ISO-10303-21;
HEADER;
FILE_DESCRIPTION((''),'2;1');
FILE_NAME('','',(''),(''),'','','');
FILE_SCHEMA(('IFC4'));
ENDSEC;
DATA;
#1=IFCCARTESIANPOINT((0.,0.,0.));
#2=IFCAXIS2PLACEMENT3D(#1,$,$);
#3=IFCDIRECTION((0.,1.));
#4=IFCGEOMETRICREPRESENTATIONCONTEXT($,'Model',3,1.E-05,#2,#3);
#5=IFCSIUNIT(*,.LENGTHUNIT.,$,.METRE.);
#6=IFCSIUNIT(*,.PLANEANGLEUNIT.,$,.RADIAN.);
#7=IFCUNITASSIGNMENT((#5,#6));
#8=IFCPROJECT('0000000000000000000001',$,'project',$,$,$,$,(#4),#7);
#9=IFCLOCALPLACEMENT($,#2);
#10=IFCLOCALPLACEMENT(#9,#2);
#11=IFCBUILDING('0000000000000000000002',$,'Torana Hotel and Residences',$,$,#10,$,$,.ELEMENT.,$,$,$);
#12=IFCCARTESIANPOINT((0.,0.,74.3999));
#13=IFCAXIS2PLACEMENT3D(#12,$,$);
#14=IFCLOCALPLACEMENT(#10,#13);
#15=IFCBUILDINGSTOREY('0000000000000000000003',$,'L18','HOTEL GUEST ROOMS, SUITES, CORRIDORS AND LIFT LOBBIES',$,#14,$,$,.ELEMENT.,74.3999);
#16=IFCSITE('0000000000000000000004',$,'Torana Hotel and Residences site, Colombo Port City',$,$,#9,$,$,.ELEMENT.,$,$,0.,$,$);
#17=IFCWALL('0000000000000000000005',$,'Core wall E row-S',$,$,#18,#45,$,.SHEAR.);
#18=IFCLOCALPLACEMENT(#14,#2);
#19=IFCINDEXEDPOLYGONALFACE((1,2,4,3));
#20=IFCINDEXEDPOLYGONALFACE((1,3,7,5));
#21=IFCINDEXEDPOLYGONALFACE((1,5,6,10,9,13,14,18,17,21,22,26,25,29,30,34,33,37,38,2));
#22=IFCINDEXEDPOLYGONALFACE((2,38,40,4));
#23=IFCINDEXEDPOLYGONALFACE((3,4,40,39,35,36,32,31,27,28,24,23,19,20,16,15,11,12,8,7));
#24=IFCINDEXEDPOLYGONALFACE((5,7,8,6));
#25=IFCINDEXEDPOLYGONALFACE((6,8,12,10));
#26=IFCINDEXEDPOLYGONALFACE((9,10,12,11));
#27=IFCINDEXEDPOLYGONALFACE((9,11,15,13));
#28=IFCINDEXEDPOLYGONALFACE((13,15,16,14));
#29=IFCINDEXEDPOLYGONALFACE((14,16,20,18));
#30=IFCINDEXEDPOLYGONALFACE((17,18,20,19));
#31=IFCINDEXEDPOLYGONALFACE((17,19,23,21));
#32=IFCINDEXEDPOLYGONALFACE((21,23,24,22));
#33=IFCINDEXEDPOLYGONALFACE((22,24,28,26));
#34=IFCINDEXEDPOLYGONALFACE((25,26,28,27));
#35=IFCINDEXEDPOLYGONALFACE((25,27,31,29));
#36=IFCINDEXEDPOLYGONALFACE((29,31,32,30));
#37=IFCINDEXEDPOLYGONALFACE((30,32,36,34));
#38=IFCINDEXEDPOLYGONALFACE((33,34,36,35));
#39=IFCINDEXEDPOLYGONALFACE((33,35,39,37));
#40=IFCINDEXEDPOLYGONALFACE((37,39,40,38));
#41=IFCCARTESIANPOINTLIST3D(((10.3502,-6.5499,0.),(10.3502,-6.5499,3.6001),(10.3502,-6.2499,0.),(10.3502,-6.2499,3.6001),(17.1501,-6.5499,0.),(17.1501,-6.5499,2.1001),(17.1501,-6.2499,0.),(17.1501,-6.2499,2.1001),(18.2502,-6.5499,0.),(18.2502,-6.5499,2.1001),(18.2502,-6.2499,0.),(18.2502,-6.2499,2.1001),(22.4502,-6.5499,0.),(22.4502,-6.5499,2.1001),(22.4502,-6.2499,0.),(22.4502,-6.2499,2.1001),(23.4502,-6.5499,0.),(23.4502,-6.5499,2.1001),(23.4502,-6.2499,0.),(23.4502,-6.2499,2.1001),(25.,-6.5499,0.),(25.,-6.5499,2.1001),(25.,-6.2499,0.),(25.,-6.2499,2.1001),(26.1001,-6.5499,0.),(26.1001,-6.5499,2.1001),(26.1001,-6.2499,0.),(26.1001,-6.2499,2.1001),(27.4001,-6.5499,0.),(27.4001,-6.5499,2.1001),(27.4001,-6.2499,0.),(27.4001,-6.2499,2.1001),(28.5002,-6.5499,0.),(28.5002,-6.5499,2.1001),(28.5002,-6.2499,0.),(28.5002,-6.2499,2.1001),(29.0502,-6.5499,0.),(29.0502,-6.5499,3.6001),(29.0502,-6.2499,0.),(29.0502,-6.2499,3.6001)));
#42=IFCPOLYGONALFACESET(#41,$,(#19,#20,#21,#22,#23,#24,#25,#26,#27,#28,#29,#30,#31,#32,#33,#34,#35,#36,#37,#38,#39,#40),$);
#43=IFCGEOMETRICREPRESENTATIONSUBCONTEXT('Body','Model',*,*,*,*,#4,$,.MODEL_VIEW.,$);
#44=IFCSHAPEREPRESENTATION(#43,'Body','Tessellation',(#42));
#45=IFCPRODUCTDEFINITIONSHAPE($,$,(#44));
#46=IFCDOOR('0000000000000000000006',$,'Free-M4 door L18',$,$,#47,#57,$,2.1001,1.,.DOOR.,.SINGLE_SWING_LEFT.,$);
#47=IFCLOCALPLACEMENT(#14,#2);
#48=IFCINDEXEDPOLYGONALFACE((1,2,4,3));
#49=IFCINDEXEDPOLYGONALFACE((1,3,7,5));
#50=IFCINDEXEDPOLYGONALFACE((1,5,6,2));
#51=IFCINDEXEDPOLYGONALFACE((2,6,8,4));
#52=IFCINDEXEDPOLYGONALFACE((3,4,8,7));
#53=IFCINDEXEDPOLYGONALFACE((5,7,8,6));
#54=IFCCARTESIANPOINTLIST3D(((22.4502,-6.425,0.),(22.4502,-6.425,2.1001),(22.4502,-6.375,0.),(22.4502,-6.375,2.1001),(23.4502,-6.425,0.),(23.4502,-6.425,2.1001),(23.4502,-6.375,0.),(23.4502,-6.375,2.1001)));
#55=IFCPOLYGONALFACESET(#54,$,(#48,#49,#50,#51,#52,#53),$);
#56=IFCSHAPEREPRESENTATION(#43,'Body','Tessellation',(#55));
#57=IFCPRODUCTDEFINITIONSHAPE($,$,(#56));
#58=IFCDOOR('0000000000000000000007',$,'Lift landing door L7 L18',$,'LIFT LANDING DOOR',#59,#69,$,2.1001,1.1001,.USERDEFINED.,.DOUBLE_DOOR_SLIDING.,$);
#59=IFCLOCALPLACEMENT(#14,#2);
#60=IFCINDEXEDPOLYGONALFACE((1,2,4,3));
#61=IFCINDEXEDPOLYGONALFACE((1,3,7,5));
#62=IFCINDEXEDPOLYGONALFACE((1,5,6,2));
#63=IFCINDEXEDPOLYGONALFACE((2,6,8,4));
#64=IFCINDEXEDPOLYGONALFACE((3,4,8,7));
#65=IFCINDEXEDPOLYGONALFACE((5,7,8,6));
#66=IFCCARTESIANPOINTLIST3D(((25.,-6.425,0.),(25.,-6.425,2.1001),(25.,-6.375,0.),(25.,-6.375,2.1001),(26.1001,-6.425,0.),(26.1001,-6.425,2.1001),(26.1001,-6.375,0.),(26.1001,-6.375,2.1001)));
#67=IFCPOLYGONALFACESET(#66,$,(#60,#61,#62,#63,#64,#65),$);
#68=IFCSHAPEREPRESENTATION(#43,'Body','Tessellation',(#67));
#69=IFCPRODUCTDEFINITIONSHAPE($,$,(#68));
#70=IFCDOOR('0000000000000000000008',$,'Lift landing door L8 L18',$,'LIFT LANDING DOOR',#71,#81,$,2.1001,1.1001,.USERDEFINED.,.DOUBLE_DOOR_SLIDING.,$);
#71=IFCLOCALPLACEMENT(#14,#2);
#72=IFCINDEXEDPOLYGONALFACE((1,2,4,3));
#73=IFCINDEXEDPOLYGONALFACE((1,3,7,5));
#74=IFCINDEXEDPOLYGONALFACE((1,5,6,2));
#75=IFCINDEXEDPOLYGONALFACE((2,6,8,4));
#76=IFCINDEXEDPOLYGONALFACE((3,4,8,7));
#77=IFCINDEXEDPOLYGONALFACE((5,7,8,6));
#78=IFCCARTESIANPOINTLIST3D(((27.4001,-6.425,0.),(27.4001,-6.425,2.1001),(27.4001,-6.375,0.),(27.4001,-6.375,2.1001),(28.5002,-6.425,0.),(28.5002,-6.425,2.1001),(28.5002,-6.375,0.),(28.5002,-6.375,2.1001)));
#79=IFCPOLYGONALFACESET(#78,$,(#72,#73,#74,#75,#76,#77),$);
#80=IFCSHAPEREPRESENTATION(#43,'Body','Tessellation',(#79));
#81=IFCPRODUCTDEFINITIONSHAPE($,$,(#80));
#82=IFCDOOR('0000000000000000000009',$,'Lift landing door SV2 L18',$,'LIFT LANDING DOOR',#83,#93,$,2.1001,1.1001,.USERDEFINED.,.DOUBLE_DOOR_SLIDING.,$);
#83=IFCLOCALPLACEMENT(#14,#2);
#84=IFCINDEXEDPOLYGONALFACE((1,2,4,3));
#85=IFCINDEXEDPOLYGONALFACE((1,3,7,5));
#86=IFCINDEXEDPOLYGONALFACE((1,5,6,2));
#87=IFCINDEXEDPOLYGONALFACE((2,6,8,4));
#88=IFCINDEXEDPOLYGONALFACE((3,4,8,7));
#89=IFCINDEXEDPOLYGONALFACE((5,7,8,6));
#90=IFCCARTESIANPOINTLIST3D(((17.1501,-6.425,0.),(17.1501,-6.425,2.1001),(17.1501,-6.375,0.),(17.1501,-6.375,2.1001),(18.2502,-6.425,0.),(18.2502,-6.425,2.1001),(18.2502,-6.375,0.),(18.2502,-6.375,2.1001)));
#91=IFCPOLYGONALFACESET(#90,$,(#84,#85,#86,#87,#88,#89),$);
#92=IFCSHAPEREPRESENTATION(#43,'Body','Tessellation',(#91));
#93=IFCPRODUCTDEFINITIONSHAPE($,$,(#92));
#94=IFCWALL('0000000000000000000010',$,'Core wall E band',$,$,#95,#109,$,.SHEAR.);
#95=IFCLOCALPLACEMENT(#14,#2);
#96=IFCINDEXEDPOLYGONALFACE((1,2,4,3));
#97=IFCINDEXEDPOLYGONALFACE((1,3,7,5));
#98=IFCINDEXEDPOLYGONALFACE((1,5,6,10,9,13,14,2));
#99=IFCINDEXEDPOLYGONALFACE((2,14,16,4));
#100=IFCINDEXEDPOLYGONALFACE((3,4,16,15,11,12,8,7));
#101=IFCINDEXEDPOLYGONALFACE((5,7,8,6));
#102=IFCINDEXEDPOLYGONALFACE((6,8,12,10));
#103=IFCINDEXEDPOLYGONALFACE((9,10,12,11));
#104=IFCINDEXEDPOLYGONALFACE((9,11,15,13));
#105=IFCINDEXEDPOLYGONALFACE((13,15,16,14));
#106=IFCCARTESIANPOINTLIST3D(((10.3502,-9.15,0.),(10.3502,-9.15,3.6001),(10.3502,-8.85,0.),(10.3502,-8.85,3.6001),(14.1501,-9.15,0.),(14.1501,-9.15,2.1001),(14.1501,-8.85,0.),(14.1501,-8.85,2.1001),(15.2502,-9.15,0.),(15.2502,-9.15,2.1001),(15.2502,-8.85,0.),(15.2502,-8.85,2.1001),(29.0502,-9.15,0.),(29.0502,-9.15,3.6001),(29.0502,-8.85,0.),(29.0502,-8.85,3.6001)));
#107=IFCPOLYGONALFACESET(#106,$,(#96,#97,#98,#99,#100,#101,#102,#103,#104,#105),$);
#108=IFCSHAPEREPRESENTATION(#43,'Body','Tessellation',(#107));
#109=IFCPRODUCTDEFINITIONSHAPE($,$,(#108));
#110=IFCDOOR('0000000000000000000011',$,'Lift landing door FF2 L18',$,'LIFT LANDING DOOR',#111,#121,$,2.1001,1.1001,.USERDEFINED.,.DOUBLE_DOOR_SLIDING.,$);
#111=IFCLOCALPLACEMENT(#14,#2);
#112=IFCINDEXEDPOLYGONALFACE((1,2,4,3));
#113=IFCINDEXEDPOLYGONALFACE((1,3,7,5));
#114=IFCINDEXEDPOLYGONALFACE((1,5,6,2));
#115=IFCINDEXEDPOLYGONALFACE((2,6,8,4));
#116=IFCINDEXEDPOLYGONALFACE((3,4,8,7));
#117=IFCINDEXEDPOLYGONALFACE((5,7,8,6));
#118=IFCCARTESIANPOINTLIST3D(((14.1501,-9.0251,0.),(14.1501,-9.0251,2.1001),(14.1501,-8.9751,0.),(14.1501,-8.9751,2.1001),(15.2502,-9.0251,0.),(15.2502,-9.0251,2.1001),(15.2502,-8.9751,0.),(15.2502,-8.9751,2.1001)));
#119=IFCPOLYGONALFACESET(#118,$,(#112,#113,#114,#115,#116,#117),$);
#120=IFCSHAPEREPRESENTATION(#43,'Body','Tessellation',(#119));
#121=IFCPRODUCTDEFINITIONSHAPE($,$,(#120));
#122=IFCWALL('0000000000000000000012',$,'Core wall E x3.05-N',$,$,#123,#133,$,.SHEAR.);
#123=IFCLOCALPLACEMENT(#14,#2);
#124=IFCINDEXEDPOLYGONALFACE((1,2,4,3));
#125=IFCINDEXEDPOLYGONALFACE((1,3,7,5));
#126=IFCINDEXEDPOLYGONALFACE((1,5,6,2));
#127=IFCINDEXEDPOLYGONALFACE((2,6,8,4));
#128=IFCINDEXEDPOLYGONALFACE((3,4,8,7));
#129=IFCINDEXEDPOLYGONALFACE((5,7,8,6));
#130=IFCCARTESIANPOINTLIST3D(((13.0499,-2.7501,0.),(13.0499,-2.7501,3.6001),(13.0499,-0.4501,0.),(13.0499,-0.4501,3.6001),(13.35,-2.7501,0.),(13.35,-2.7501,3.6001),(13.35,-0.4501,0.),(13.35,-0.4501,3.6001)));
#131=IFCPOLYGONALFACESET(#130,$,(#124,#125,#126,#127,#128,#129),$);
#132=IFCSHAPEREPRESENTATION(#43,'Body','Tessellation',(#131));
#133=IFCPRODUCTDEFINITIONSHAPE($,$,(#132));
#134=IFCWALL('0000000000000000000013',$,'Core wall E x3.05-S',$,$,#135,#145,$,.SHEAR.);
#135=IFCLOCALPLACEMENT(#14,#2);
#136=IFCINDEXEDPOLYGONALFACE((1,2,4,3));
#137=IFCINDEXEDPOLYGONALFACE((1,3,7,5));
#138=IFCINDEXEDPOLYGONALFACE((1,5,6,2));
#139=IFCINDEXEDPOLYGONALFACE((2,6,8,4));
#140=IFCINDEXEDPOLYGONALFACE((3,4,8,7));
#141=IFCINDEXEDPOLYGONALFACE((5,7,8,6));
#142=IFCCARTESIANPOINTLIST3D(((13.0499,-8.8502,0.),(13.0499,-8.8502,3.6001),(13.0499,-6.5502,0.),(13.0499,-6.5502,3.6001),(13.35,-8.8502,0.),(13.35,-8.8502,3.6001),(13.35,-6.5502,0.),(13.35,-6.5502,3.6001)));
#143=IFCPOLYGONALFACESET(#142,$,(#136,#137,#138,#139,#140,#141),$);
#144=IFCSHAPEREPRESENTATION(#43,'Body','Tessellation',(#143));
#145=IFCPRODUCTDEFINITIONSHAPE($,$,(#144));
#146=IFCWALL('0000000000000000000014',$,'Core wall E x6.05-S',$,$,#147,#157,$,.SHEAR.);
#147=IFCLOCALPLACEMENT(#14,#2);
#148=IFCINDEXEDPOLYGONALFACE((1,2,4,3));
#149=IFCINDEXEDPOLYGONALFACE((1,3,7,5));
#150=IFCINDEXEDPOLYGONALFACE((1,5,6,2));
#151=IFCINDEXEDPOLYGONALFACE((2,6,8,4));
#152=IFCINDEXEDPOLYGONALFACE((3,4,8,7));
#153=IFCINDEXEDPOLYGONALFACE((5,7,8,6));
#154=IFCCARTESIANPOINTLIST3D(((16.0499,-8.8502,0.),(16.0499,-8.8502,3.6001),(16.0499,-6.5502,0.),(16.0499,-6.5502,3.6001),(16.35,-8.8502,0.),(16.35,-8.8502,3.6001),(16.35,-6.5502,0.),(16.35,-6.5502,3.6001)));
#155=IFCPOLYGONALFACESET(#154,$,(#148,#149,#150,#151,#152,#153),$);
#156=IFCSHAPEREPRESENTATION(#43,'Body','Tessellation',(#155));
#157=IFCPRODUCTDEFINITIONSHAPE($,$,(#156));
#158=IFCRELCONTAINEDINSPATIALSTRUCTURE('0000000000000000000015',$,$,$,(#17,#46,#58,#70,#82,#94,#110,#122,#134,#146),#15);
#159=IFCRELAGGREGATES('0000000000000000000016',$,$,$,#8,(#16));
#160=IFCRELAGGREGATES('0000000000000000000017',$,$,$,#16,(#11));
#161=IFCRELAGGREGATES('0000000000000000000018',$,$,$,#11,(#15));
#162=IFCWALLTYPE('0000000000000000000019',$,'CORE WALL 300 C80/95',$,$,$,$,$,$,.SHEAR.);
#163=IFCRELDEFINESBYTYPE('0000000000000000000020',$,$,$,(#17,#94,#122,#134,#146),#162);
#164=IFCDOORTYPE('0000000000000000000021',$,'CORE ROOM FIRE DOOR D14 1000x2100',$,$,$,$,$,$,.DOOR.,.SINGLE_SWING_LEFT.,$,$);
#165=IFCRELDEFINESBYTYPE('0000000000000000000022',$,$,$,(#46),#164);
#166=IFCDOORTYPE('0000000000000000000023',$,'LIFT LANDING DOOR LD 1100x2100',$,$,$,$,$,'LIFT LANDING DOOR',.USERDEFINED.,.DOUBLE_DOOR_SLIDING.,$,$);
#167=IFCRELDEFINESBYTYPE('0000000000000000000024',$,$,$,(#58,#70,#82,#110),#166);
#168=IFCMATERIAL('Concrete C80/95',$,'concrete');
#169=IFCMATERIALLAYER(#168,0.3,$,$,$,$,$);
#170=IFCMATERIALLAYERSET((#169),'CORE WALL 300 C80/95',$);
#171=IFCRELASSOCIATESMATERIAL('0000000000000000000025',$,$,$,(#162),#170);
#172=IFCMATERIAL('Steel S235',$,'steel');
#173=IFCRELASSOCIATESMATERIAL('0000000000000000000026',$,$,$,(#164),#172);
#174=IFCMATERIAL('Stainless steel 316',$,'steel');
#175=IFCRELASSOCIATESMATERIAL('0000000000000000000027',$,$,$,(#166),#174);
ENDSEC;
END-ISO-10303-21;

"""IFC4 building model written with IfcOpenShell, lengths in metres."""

from ifc_helpers import new_model, si_unit, direction, frame, frame_2d, origin, place, context, subcontext, project, spatial, rectangle, extrude, material, layer, layer_set, type_object, element, fill, save


model = new_model("IFC4")

# Units and contexts
model_context = context("Model", 3, precision=1e-05, world=origin(), true_north=direction((0.0, 1.0)))
body_context = subcontext(model_context, "Body", "Model", "MODEL_VIEW")
ifc_project = project(units=[si_unit("LENGTHUNIT", "METRE"), si_unit("PLANEANGLEUNIT", "RADIAN")], contexts=[model_context])

# Site, building, storey
site_placement = place(None, origin())
site = spatial("IfcSite", under=ifc_project, at=site_placement, Name="Torana Hotel and Residences site, Colombo Port City", CompositionType="ELEMENT", RefElevation=0.0)
building_placement = place(site_placement, origin())
building = spatial("IfcBuilding", under=site, at=building_placement, Name="Torana Hotel and Residences", CompositionType="ELEMENT")
storey_placement = place(building_placement, frame((0.0, 0.0, 74.3999)))
storey = spatial("IfcBuildingStorey", under=building, at=storey_placement, Name="L18", Description="HOTEL GUEST ROOMS, SUITES, CORRIDORS AND LIFT LOBBIES", CompositionType="ELEMENT", Elevation=74.3999)

# Wall, openings, doors
ifc_material_1 = material(Name="Concrete C80/95", Category="concrete")
ifc_layer = layer(ifc_material_1, 0.3)
ifc_layer_set = layer_set([ifc_layer], Name="CORE WALL 300 C80/95")
wall_type = type_object("IfcWallType", Name="CORE WALL 300 C80/95", PredefinedType="SHEAR", material=ifc_layer_set)
ifc_material_2 = material(Name="Steel S235", Category="steel")
door_type_1 = type_object("IfcDoorType", Name="CORE ROOM FIRE DOOR D14 1000x2100", OperationType="SINGLE_SWING_LEFT", PredefinedType="DOOR", material=ifc_material_2)
ifc_material_3 = material(Name="Stainless steel 316", Category="steel")
door_type_2 = type_object("IfcDoorType", Name="LIFT LANDING DOOR LD 1100x2100", ElementType="LIFT LANDING DOOR", OperationType="DOUBLE_DOOR_SLIDING", PredefinedType="USERDEFINED", material=ifc_material_3)
wall_1_placement = place(storey_placement, frame((10.3501, -6.3999, 0.0), z_axis=(0.0, 0.0, 1.0), x_axis=(1.0, 0.0, 0.0)))
wall_1 = element("IfcWall", 1, at=wall_1_placement, inside=storey, type_object=wall_type, Name="Core wall E row-S", PredefinedType="SHEAR", context=body_context, shape_type="SweptSolid", body=[
    extrude(rectangle(XDim=18.7, YDim=0.3, at=frame_2d((9.3501, 0.0))), origin(), (0.0, 0.0, 1.0), 3.6001),
])
opening_1_placement = place(wall_1_placement, frame((14.6499, 0.0, 0.0)))
opening_1 = element("IfcOpeningElement", 2, at=opening_1_placement, cuts=wall_1, PredefinedType="OPENING", context=body_context, shape_type="SweptSolid", body=[
    extrude(rectangle(XDim=1.1001, YDim=2.1001, at=frame_2d((0.55, 1.05))), frame((0.0, 0.1599, 0.0), z_axis=(0.0, -1.0, 0.0), x_axis=(1.0, 0.0, 0.0)), (0.0, 0.0, 1.0), 0.3201),
])
opening_2_placement = place(wall_1_placement, frame((17.05, 0.0, 0.0)))
opening_2 = element("IfcOpeningElement", 3, at=opening_2_placement, cuts=wall_1, PredefinedType="OPENING", context=body_context, shape_type="SweptSolid", body=[
    extrude(rectangle(XDim=1.1001, YDim=2.1001, at=frame_2d((0.55, 1.05))), frame((0.0, 0.1599, 0.0), z_axis=(0.0, -1.0, 0.0), x_axis=(1.0, 0.0, 0.0)), (0.0, 0.0, 1.0), 0.3201),
])
opening_3_placement = place(wall_1_placement, frame((6.8, 0.0, 0.0)))
opening_3 = element("IfcOpeningElement", 4, at=opening_3_placement, cuts=wall_1, PredefinedType="OPENING", context=body_context, shape_type="SweptSolid", body=[
    extrude(rectangle(XDim=1.1001, YDim=2.1001, at=frame_2d((0.55, 1.05))), frame((0.0, 0.1599, 0.0), z_axis=(0.0, -1.0, 0.0), x_axis=(1.0, 0.0, 0.0)), (0.0, 0.0, 1.0), 0.3201),
])
opening_4_placement = place(wall_1_placement, frame((12.1001, 0.0, 0.0)))
opening_4 = element("IfcOpeningElement", 5, at=opening_4_placement, cuts=wall_1, PredefinedType="OPENING", context=body_context, shape_type="SweptSolid", body=[
    extrude(rectangle(XDim=1.0, YDim=2.1001, at=frame_2d((0.5, 1.05))), frame((0.0, 0.1599, 0.0), z_axis=(0.0, -1.0, 0.0), x_axis=(1.0, 0.0, 0.0)), (0.0, 0.0, 1.0), 0.3201),
])
door_1_placement = place(opening_4_placement, frame((0.5, 0.0, 0.0), z_axis=(0.0, 0.0, 1.0), x_axis=(-1.0, 0.0, 0.0)))
door_1 = element("IfcDoor", 6, at=door_1_placement, inside=storey, type_object=door_type_1, Name="Free-M4 door L18", OperationType="SINGLE_SWING_LEFT", OverallHeight=2.1001, OverallWidth=1.0, PredefinedType="DOOR", context=body_context, shape_type="SweptSolid", body=[
    extrude(rectangle(XDim=1.0, YDim=2.1001, at=frame_2d((0.0, 1.05))), frame((0.0, -0.0249, 0.0), z_axis=(0.0, 1.0, 0.0), x_axis=(-1.0, 0.0, 0.0)), (0.0, 0.0, 1.0), 0.05),
])
fill(opening_4, door_1)
door_2_placement = place(opening_1_placement, origin())
door_2 = element("IfcDoor", 7, at=door_2_placement, inside=storey, type_object=door_type_2, Name="Lift landing door L7 L18", ObjectType="LIFT LANDING DOOR", OperationType="DOUBLE_DOOR_SLIDING", OverallHeight=2.1001, OverallWidth=1.1001, PredefinedType="USERDEFINED", context=body_context, shape_type="SweptSolid", body=[
    extrude(rectangle(XDim=1.1001, YDim=2.1001, at=frame_2d((0.55, 1.05))), frame((0.0, 0.0249, 0.0), z_axis=(0.0, -1.0, 0.0), x_axis=(1.0, 0.0, 0.0)), (0.0, 0.0, 1.0), 0.05),
])
fill(opening_1, door_2)
door_3_placement = place(opening_2_placement, origin())
door_3 = element("IfcDoor", 8, at=door_3_placement, inside=storey, type_object=door_type_2, Name="Lift landing door L8 L18", ObjectType="LIFT LANDING DOOR", OperationType="DOUBLE_DOOR_SLIDING", OverallHeight=2.1001, OverallWidth=1.1001, PredefinedType="USERDEFINED", context=body_context, shape_type="SweptSolid", body=[
    extrude(rectangle(XDim=1.1001, YDim=2.1001, at=frame_2d((0.55, 1.05))), frame((0.0, 0.0249, 0.0), z_axis=(0.0, -1.0, 0.0), x_axis=(1.0, 0.0, 0.0)), (0.0, 0.0, 1.0), 0.05),
])
fill(opening_2, door_3)
door_4_placement = place(opening_3_placement, origin())
door_4 = element("IfcDoor", 9, at=door_4_placement, inside=storey, type_object=door_type_2, Name="Lift landing door SV2 L18", ObjectType="LIFT LANDING DOOR", OperationType="DOUBLE_DOOR_SLIDING", OverallHeight=2.1001, OverallWidth=1.1001, PredefinedType="USERDEFINED", context=body_context, shape_type="SweptSolid", body=[
    extrude(rectangle(XDim=1.1001, YDim=2.1001, at=frame_2d((0.55, 1.05))), frame((0.0, 0.0249, 0.0), z_axis=(0.0, -1.0, 0.0), x_axis=(1.0, 0.0, 0.0)), (0.0, 0.0, 1.0), 0.05),
])
fill(opening_3, door_4)

# Wall, opening, door
wall_2_placement = place(storey_placement, frame((10.3501, -9.0, 0.0), z_axis=(0.0, 0.0, 1.0), x_axis=(1.0, 0.0, 0.0)))
wall_2 = element("IfcWall", 10, at=wall_2_placement, inside=storey, type_object=wall_type, Name="Core wall E band", PredefinedType="SHEAR", context=body_context, shape_type="SweptSolid", body=[
    extrude(rectangle(XDim=18.7, YDim=0.3, at=frame_2d((9.3501, 0.0))), origin(), (0.0, 0.0, 1.0), 3.6001),
])
opening_5_placement = place(wall_2_placement, frame((3.8, 0.0, 0.0)))
opening_5 = element("IfcOpeningElement", 11, at=opening_5_placement, cuts=wall_2, PredefinedType="OPENING", context=body_context, shape_type="SweptSolid", body=[
    extrude(rectangle(XDim=1.1001, YDim=2.1001, at=frame_2d((0.55, 1.05))), frame((0.0, 0.1599, 0.0), z_axis=(0.0, -1.0, 0.0), x_axis=(1.0, 0.0, 0.0)), (0.0, 0.0, 1.0), 0.3201),
])
door_5_placement = place(opening_5_placement, origin())
door_5 = element("IfcDoor", 12, at=door_5_placement, inside=storey, type_object=door_type_2, Name="Lift landing door FF2 L18", ObjectType="LIFT LANDING DOOR", OperationType="DOUBLE_DOOR_SLIDING", OverallHeight=2.1001, OverallWidth=1.1001, PredefinedType="USERDEFINED", context=body_context, shape_type="SweptSolid", body=[
    extrude(rectangle(XDim=1.1001, YDim=2.1001, at=frame_2d((0.55, 1.05))), frame((0.0, 0.0249, 0.0), z_axis=(0.0, -1.0, 0.0), x_axis=(1.0, 0.0, 0.0)), (0.0, 0.0, 1.0), 0.05),
])
fill(opening_5, door_5)

# Walls
for number, where, z_axis, x_axis, name in (
    (13, (13.2, -2.75, 0.0), (0.0, 0.0, 1.0), (0.0, 1.0, 0.0), "Core wall E x3.05-N"),
    (14, (13.2, -8.8501, 0.0), (0.0, 0.0, 1.0), (0.0, 1.0, 0.0), "Core wall E x3.05-S"),
    (15, (16.2, -8.8501, 0.0), (0.0, 0.0, 1.0), (0.0, 1.0, 0.0), "Core wall E x6.05-S"),
):
    element("IfcWall", number, at=place(storey_placement, frame(where, z_axis=z_axis, x_axis=x_axis)), inside=storey, type_object=wall_type, Name=name, PredefinedType="SHEAR", context=body_context, shape_type="SweptSolid", body=[
        extrude(rectangle(XDim=2.3, YDim=0.3, at=frame_2d((1.1499, 0.0))), origin(), (0.0, 0.0, 1.0), 3.6001),
    ])

save(model, "model.ifc")
